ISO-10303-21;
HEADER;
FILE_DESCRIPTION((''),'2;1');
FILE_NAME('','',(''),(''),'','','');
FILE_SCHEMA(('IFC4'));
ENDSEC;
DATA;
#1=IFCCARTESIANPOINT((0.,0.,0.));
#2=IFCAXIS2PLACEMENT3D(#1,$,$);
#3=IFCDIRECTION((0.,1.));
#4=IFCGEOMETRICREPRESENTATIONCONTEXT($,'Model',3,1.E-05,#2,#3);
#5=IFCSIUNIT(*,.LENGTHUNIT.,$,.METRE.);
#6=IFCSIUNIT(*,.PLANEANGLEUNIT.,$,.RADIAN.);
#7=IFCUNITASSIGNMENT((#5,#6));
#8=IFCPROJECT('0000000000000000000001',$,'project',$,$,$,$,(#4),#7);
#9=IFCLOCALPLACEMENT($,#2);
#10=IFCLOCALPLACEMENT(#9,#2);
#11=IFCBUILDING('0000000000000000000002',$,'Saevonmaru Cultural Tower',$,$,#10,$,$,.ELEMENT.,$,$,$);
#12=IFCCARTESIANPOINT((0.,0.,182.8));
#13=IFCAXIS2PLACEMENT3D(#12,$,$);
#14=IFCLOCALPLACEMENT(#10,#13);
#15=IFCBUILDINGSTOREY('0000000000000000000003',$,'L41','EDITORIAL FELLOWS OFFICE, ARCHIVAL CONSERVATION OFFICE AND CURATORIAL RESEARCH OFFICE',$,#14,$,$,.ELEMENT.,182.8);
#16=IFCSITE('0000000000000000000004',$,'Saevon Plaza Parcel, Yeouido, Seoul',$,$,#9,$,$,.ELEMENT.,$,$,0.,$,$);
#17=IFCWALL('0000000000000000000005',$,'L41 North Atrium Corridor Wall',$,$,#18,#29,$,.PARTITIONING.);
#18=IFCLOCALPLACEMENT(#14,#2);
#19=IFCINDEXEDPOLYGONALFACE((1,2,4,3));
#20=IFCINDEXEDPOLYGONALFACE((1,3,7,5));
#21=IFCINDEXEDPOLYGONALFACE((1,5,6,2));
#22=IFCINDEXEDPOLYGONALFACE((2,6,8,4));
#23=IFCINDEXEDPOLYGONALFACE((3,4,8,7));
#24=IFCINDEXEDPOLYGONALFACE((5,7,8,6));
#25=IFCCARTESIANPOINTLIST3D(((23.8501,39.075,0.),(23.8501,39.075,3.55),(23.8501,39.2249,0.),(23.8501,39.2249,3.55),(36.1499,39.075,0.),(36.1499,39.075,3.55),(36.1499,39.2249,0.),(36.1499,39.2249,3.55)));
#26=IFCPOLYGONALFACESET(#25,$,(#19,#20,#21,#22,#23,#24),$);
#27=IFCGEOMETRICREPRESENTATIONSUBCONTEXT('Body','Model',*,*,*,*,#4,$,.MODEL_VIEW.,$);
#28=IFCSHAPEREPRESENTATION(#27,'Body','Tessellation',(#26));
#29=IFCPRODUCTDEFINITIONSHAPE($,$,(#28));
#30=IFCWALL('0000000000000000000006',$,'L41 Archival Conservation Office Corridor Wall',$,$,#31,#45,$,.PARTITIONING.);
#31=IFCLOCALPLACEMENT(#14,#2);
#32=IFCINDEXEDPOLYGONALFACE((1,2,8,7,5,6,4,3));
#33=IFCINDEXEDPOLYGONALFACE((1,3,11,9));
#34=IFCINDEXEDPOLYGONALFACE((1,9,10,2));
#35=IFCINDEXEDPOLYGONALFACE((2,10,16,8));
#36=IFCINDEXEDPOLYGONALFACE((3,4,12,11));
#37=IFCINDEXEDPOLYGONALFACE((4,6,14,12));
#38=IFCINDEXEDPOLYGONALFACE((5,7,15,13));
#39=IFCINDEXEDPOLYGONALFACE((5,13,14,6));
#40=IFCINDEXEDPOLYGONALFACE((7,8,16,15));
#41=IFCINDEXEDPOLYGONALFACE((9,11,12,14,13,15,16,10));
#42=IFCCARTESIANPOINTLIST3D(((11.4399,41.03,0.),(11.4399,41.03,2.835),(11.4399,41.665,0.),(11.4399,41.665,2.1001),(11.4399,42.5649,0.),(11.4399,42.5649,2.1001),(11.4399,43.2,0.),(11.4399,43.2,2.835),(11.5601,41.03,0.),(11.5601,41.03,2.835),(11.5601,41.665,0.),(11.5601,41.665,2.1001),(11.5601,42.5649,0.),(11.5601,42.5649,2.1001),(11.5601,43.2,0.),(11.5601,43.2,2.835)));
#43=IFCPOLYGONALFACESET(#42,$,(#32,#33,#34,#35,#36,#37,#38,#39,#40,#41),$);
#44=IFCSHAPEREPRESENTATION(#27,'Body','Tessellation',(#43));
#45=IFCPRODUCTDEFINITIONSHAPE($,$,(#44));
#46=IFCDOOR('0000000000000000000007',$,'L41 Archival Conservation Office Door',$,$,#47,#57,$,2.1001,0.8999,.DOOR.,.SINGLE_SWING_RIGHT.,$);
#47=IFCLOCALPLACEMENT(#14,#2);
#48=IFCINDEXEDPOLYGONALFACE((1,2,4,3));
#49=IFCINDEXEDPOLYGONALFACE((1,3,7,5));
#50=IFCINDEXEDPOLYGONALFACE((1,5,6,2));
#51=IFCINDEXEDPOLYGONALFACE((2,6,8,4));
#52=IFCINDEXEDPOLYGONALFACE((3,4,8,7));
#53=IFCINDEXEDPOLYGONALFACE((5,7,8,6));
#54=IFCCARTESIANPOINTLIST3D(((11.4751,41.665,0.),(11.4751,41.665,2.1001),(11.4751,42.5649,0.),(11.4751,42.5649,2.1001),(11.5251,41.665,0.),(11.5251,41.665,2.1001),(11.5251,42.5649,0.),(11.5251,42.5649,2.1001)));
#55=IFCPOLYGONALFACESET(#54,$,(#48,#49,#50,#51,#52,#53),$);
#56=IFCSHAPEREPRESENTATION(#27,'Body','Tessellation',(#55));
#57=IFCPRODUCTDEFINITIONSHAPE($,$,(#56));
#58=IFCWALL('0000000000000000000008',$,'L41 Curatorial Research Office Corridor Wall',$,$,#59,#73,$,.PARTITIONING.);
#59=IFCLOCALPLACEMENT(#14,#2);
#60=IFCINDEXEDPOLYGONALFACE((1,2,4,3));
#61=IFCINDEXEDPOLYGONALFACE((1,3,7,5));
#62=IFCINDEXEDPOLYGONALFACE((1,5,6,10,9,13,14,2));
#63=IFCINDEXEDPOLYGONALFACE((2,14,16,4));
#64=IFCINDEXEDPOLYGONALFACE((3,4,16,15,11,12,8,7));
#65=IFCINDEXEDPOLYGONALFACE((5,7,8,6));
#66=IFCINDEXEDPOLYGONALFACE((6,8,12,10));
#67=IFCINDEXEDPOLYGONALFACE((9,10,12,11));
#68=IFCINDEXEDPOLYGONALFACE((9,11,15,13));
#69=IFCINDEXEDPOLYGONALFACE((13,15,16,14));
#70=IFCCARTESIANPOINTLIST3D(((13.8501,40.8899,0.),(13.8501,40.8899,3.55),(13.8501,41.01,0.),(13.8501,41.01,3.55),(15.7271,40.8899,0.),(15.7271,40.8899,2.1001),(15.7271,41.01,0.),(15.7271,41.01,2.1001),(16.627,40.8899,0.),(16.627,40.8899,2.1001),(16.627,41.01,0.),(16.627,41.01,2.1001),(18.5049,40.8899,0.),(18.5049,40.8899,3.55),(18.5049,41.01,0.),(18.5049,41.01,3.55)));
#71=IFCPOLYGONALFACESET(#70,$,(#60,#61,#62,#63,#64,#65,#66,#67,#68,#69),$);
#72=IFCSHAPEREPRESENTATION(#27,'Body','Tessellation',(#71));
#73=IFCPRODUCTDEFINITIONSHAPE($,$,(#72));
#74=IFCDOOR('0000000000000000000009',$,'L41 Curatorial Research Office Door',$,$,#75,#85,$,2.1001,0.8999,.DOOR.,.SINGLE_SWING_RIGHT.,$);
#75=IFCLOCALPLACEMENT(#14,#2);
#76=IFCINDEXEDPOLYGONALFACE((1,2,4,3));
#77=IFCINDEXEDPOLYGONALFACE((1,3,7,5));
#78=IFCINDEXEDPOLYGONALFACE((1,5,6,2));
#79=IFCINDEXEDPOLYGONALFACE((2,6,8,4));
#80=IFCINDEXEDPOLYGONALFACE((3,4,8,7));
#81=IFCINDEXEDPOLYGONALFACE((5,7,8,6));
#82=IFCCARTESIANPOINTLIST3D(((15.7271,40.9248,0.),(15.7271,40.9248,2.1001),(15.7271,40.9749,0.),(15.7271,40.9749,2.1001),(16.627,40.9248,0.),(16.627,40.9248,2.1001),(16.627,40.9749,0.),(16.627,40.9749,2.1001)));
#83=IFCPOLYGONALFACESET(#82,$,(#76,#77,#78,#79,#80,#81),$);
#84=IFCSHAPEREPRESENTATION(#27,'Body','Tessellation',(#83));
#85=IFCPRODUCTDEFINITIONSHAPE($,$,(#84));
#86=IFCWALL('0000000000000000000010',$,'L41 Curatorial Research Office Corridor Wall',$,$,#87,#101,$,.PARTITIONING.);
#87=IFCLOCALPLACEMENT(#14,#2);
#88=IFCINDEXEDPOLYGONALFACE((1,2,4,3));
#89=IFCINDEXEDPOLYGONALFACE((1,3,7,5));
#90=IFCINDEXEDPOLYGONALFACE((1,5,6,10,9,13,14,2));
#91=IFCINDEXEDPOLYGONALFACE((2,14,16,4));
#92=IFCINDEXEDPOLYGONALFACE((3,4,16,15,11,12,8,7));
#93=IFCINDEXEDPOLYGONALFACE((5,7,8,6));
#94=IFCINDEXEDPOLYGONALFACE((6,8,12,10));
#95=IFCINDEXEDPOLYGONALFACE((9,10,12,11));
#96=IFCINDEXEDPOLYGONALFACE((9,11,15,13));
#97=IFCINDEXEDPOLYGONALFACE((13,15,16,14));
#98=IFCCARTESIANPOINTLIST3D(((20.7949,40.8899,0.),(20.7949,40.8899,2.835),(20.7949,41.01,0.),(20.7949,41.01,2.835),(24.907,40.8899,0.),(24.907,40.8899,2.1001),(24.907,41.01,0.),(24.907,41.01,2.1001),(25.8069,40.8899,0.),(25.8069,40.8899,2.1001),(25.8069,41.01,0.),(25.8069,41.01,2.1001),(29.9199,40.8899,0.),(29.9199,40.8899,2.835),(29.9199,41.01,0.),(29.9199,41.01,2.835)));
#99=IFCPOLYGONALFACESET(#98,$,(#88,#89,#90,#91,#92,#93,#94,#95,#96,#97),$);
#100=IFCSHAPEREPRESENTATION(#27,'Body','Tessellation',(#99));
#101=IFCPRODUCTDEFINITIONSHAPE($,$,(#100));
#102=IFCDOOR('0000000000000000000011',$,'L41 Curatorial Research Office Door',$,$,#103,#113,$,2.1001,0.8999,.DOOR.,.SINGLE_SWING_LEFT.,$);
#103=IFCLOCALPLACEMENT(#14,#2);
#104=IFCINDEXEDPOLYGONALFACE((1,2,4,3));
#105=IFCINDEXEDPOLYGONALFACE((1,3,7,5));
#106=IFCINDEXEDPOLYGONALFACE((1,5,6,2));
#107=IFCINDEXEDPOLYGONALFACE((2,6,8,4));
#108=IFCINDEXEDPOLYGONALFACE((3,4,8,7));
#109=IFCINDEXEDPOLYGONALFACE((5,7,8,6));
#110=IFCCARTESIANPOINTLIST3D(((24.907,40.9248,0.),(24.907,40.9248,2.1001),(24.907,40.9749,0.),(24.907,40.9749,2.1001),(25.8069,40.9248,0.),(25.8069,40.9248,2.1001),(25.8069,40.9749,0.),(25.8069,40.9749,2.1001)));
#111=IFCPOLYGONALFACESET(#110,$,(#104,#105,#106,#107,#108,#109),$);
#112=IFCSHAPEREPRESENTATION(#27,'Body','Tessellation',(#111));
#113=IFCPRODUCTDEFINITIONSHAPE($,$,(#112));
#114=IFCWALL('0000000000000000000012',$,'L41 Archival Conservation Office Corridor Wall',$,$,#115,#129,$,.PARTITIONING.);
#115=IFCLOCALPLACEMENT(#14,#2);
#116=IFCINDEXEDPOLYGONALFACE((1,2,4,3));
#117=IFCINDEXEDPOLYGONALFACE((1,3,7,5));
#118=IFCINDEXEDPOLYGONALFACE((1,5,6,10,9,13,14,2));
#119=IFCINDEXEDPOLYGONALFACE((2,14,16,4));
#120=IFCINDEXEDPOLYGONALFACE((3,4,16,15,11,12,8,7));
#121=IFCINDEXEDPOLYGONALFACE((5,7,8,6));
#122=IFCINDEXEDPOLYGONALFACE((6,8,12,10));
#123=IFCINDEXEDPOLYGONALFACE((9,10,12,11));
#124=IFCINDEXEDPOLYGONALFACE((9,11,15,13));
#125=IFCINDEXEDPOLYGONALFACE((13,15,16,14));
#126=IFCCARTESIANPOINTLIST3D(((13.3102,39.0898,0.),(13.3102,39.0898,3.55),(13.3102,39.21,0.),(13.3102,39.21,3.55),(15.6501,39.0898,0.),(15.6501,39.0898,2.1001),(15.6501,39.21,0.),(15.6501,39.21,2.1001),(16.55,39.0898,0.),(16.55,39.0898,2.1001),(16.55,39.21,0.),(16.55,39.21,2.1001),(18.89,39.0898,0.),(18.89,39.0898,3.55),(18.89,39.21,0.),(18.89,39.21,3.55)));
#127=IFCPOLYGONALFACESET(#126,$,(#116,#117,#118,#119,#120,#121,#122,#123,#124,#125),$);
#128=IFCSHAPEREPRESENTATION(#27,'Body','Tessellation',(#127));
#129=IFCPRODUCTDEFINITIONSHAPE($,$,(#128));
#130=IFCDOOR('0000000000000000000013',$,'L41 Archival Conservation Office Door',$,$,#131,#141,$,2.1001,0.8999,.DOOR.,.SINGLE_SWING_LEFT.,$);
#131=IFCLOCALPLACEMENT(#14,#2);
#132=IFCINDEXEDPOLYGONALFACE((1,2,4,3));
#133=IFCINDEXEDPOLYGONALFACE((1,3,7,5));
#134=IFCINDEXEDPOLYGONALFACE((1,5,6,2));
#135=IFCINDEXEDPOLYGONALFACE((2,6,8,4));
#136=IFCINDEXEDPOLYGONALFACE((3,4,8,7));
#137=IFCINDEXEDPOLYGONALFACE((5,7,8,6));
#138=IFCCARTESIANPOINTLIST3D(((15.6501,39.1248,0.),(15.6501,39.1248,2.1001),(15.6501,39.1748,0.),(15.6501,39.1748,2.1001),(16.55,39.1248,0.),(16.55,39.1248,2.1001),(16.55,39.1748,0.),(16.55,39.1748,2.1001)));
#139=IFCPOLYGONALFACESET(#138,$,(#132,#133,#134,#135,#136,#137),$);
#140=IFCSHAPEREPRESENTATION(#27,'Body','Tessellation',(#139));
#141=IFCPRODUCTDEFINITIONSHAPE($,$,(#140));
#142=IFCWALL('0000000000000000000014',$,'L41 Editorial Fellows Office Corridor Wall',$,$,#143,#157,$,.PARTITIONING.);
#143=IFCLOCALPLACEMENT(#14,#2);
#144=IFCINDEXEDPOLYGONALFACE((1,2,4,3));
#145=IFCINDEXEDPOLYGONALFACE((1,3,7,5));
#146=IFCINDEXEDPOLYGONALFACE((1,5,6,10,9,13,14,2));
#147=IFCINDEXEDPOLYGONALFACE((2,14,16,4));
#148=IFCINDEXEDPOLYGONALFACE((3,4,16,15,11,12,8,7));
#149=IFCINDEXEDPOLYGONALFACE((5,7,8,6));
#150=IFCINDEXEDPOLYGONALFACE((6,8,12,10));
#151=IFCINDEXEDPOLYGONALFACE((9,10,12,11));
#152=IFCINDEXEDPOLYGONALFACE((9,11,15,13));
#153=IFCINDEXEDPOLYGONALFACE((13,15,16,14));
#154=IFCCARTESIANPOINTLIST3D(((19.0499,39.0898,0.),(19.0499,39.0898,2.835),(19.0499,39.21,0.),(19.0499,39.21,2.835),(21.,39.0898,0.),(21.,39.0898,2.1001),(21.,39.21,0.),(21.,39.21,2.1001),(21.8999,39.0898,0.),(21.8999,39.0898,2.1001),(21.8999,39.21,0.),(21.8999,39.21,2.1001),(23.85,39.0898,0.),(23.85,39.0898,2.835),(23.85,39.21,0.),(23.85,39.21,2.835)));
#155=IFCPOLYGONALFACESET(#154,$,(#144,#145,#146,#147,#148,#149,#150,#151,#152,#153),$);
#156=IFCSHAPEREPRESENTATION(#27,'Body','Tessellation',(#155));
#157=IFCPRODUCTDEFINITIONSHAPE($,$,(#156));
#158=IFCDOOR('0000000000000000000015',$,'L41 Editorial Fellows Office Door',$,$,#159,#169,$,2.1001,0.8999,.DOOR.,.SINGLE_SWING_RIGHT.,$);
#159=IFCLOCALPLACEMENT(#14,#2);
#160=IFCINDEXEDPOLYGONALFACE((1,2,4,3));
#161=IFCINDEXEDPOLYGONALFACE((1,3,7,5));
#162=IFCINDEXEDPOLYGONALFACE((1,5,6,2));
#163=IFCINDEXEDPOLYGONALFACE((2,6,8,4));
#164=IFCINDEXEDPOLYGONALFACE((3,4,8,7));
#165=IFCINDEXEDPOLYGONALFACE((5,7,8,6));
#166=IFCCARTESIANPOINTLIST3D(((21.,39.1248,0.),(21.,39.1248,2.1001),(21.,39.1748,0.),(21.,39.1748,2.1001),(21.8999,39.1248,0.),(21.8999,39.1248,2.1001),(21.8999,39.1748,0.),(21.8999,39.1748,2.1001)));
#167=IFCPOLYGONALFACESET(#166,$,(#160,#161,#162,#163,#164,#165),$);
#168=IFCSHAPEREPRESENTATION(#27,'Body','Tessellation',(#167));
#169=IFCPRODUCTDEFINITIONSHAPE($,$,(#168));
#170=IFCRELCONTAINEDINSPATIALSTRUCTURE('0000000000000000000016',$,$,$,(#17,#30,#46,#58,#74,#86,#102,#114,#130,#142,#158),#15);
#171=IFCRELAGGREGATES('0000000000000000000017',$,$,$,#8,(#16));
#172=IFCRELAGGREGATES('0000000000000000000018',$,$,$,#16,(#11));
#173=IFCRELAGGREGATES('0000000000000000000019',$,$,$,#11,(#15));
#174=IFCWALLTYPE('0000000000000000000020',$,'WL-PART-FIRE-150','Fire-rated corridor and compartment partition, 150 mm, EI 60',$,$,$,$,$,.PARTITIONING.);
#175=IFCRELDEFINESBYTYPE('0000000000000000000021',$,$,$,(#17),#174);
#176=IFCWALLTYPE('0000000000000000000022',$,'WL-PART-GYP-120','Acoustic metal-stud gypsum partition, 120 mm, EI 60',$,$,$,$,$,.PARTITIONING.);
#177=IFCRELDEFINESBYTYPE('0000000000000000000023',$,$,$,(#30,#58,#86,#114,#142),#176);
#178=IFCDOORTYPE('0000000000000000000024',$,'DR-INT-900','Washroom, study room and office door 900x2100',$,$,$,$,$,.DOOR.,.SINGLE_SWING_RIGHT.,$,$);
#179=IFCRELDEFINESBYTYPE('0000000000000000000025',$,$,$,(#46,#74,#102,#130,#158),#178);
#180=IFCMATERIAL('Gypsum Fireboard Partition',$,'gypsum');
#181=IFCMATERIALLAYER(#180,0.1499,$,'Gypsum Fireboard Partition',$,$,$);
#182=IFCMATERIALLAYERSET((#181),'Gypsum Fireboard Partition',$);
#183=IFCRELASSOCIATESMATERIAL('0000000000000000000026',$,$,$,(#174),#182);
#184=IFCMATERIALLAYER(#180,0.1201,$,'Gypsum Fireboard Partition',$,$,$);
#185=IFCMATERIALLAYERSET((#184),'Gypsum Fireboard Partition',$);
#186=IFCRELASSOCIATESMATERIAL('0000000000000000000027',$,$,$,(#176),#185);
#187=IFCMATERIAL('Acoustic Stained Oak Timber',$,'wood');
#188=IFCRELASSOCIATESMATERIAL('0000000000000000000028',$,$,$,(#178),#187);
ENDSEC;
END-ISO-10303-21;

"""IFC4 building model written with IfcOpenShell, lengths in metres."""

from ifc_helpers import new_model, si_unit, direction, frame, frame_2d, origin, place, context, subcontext, project, spatial, rectangle, extrude, material, layer, layer_set, type_object, element, fill, save


model = new_model("IFC4")

# Units and contexts
model_context = context("Model", 3, precision=1e-05, world=origin(), true_north=direction((0.0, 1.0)))
body_context = subcontext(model_context, "Body", "Model", "MODEL_VIEW")
ifc_project = project(units=[si_unit("LENGTHUNIT", "METRE"), si_unit("PLANEANGLEUNIT", "RADIAN")], contexts=[model_context])

# Site, building, storey
site_placement = place(None, origin())
site = spatial("IfcSite", under=ifc_project, at=site_placement, Name="Saevon Plaza Parcel, Yeouido, Seoul", CompositionType="ELEMENT", RefElevation=0.0)
building_placement = place(site_placement, origin())
building = spatial("IfcBuilding", under=site, at=building_placement, Name="Saevonmaru Cultural Tower", CompositionType="ELEMENT")
storey_placement = place(building_placement, frame((0.0, 0.0, 182.8)))
storey = spatial("IfcBuildingStorey", under=building, at=storey_placement, Name="L41", Description="EDITORIAL FELLOWS OFFICE, ARCHIVAL CONSERVATION OFFICE AND CURATORIAL RESEARCH OFFICE", CompositionType="ELEMENT", Elevation=182.8)

# Wall
ifc_material_1 = material(Name="Gypsum Fireboard Partition", Category="gypsum")
ifc_layer_1 = layer(ifc_material_1, 0.1499, Name="Gypsum Fireboard Partition")
ifc_layer_set_1 = layer_set([ifc_layer_1], Name="Gypsum Fireboard Partition")
wall_type_1 = type_object("IfcWallType", Name="WL-PART-FIRE-150", Description="Fire-rated corridor and compartment partition, 150 mm, EI 60", PredefinedType="PARTITIONING", material=ifc_layer_set_1)
wall_1_placement = place(storey_placement, frame((23.8501, 39.1499, 0.0), z_axis=(0.0, 0.0, 1.0), x_axis=(1.0, 0.0, 0.0)))
element("IfcWall", 1, at=wall_1_placement, inside=storey, type_object=wall_type_1, Name="L41 North Atrium Corridor Wall", PredefinedType="PARTITIONING", context=body_context, shape_type="SweptSolid", body=[
    extrude(rectangle(XDim=12.2998, YDim=0.1499, at=frame_2d((6.1499, 0.0))), origin(), (0.0, 0.0, 1.0), 3.55),
])

# Walls, openings, doors
ifc_layer_2 = layer(ifc_material_1, 0.1201, Name="Gypsum Fireboard Partition")
ifc_layer_set_2 = layer_set([ifc_layer_2], Name="Gypsum Fireboard Partition")
wall_type_2 = type_object("IfcWallType", Name="WL-PART-GYP-120", Description="Acoustic metal-stud gypsum partition, 120 mm, EI 60", PredefinedType="PARTITIONING", material=ifc_layer_set_2)
wall_2_placement = place(storey_placement, frame((11.5, 41.03, 0.0), z_axis=(0.0, 0.0, 1.0), x_axis=(0.0, 1.0, 0.0)))
wall_2 = element("IfcWall", 2, at=wall_2_placement, inside=storey, type_object=wall_type_2, Name="L41 Archival Conservation Office Corridor Wall", PredefinedType="PARTITIONING", context=body_context, shape_type="SweptSolid", body=[
    extrude(rectangle(XDim=2.1699, YDim=0.1201, at=frame_2d((1.085, 0.0))), origin(), (0.0, 0.0, 1.0), 2.835),
])
opening_1_placement = place(wall_2_placement, frame((0.635, 0.0, 0.0)))
opening_1 = element("IfcOpeningElement", 3, at=opening_1_placement, cuts=wall_2, PredefinedType="OPENING", context=body_context, shape_type="SweptSolid", body=[
    extrude(rectangle(XDim=0.8999, YDim=2.1001, at=frame_2d((0.45, 1.05))), frame((0.0, 0.0701, 0.0), z_axis=(0.0, -1.0, 0.0), x_axis=(1.0, 0.0, 0.0)), (0.0, 0.0, 1.0), 0.1401),
])
ifc_material_2 = material(Name="Acoustic Stained Oak Timber", Category="wood")
door_type = type_object("IfcDoorType", Name="DR-INT-900", Description="Washroom, study room and office door 900x2100", OperationType="SINGLE_SWING_RIGHT", PredefinedType="DOOR", material=ifc_material_2)
door_1_placement = place(opening_1_placement, origin())
door_1 = element("IfcDoor", 4, at=door_1_placement, inside=storey, type_object=door_type, Name="L41 Archival Conservation Office Door", OperationType="SINGLE_SWING_RIGHT", OverallHeight=2.1001, OverallWidth=0.8999, PredefinedType="DOOR", context=body_context, shape_type="SweptSolid", body=[
    extrude(rectangle(XDim=0.8999, YDim=2.1001, at=frame_2d((0.45, 1.05))), frame((0.0, 0.0249, 0.0), z_axis=(0.0, -1.0, 0.0), x_axis=(1.0, 0.0, 0.0)), (0.0, 0.0, 1.0), 0.05),
])
fill(opening_1, door_1)
wall_3_placement = place(storey_placement, frame((13.8501, 40.95, 0.0), z_axis=(0.0, 0.0, 1.0), x_axis=(1.0, 0.0, 0.0)))
wall_3 = element("IfcWall", 5, at=wall_3_placement, inside=storey, type_object=wall_type_2, Name="L41 Curatorial Research Office Corridor Wall", PredefinedType="PARTITIONING", context=body_context, shape_type="SweptSolid", body=[
    extrude(rectangle(XDim=4.6548, YDim=0.1201, at=frame_2d((2.3274, 0.0))), origin(), (0.0, 0.0, 1.0), 3.55),
])
opening_2_placement = place(wall_3_placement, frame((1.877, 0.0, 0.0)))
opening_2 = element("IfcOpeningElement", 6, at=opening_2_placement, cuts=wall_3, PredefinedType="OPENING", context=body_context, shape_type="SweptSolid", body=[
    extrude(rectangle(XDim=0.8999, YDim=2.1001, at=frame_2d((0.45, 1.05))), frame((0.0, 0.0701, 0.0), z_axis=(0.0, -1.0, 0.0), x_axis=(1.0, 0.0, 0.0)), (0.0, 0.0, 1.0), 0.1401),
])
door_2_placement = place(opening_2_placement, origin())
door_2 = element("IfcDoor", 7, at=door_2_placement, inside=storey, type_object=door_type, Name="L41 Curatorial Research Office Door", OperationType="SINGLE_SWING_RIGHT", OverallHeight=2.1001, OverallWidth=0.8999, PredefinedType="DOOR", context=body_context, shape_type="SweptSolid", body=[
    extrude(rectangle(XDim=0.8999, YDim=2.1001, at=frame_2d((0.45, 1.05))), frame((0.0, 0.0249, 0.0), z_axis=(0.0, -1.0, 0.0), x_axis=(1.0, 0.0, 0.0)), (0.0, 0.0, 1.0), 0.05),
])
fill(opening_2, door_2)
wall_4_placement = place(storey_placement, frame((20.7949, 40.95, 0.0), z_axis=(0.0, 0.0, 1.0), x_axis=(1.0, 0.0, 0.0)))
wall_4 = element("IfcWall", 8, at=wall_4_placement, inside=storey, type_object=wall_type_2, Name="L41 Curatorial Research Office Corridor Wall", PredefinedType="PARTITIONING", context=body_context, shape_type="SweptSolid", body=[
    extrude(rectangle(XDim=9.125, YDim=0.1201, at=frame_2d((4.5625, 0.0))), origin(), (0.0, 0.0, 1.0), 2.835),
])
opening_3_placement = place(wall_4_placement, frame((4.1121, 0.0, 0.0)))
opening_3 = element("IfcOpeningElement", 9, at=opening_3_placement, cuts=wall_4, PredefinedType="OPENING", context=body_context, shape_type="SweptSolid", body=[
    extrude(rectangle(XDim=0.8999, YDim=2.1001, at=frame_2d((0.45, 1.05))), frame((0.0, 0.0701, 0.0), z_axis=(0.0, -1.0, 0.0), x_axis=(1.0, 0.0, 0.0)), (0.0, 0.0, 1.0), 0.1401),
])
door_3_placement = place(opening_3_placement, origin())
door_3 = element("IfcDoor", 10, at=door_3_placement, inside=storey, type_object=door_type, Name="L41 Curatorial Research Office Door", OperationType="SINGLE_SWING_LEFT", OverallHeight=2.1001, OverallWidth=0.8999, PredefinedType="DOOR", context=body_context, shape_type="SweptSolid", body=[
    extrude(rectangle(XDim=0.8999, YDim=2.1001, at=frame_2d((0.45, 1.05))), frame((0.0, 0.0249, 0.0), z_axis=(0.0, -1.0, 0.0), x_axis=(1.0, 0.0, 0.0)), (0.0, 0.0, 1.0), 0.05),
])
fill(opening_3, door_3)
wall_5_placement = place(storey_placement, frame((13.3101, 39.1499, 0.0), z_axis=(0.0, 0.0, 1.0), x_axis=(1.0, 0.0, 0.0)))
wall_5 = element("IfcWall", 11, at=wall_5_placement, inside=storey, type_object=wall_type_2, Name="L41 Archival Conservation Office Corridor Wall", PredefinedType="PARTITIONING", context=body_context, shape_type="SweptSolid", body=[
    extrude(rectangle(XDim=5.5798, YDim=0.1201, at=frame_2d((2.79, 0.0))), origin(), (0.0, 0.0, 1.0), 3.55),
])
opening_4_placement = place(wall_5_placement, frame((2.3401, 0.0, 0.0)))
opening_4 = element("IfcOpeningElement", 12, at=opening_4_placement, cuts=wall_5, PredefinedType="OPENING", context=body_context, shape_type="SweptSolid", body=[
    extrude(rectangle(XDim=0.8999, YDim=2.1001, at=frame_2d((0.45, 1.05))), frame((0.0, 0.0701, 0.0), z_axis=(0.0, -1.0, 0.0), x_axis=(1.0, 0.0, 0.0)), (0.0, 0.0, 1.0), 0.1401),
])
door_4_placement = place(opening_4_placement, origin())
door_4 = element("IfcDoor", 13, at=door_4_placement, inside=storey, type_object=door_type, Name="L41 Archival Conservation Office Door", OperationType="SINGLE_SWING_LEFT", OverallHeight=2.1001, OverallWidth=0.8999, PredefinedType="DOOR", context=body_context, shape_type="SweptSolid", body=[
    extrude(rectangle(XDim=0.8999, YDim=2.1001, at=frame_2d((0.45, 1.05))), frame((0.0, 0.0249, 0.0), z_axis=(0.0, -1.0, 0.0), x_axis=(1.0, 0.0, 0.0)), (0.0, 0.0, 1.0), 0.05),
])
fill(opening_4, door_4)
wall_6_placement = place(storey_placement, frame((19.05, 39.1499, 0.0), z_axis=(0.0, 0.0, 1.0), x_axis=(1.0, 0.0, 0.0)))
wall_6 = element("IfcWall", 14, at=wall_6_placement, inside=storey, type_object=wall_type_2, Name="L41 Editorial Fellows Office Corridor Wall", PredefinedType="PARTITIONING", context=body_context, shape_type="SweptSolid", body=[
    extrude(rectangle(XDim=4.8, YDim=0.1201, at=frame_2d((2.3999, 0.0))), origin(), (0.0, 0.0, 1.0), 2.835),
])
opening_5_placement = place(wall_6_placement, frame((1.95, 0.0, 0.0)))
opening_5 = element("IfcOpeningElement", 15, at=opening_5_placement, cuts=wall_6, PredefinedType="OPENING", context=body_context, shape_type="SweptSolid", body=[
    extrude(rectangle(XDim=0.8999, YDim=2.1001, at=frame_2d((0.45, 1.05))), frame((0.0, 0.0701, 0.0), z_axis=(0.0, -1.0, 0.0), x_axis=(1.0, 0.0, 0.0)), (0.0, 0.0, 1.0), 0.1401),
])
door_5_placement = place(opening_5_placement, origin())
door_5 = element("IfcDoor", 16, at=door_5_placement, inside=storey, type_object=door_type, Name="L41 Editorial Fellows Office Door", OperationType="SINGLE_SWING_RIGHT", OverallHeight=2.1001, OverallWidth=0.8999, PredefinedType="DOOR", context=body_context, shape_type="SweptSolid", body=[
    extrude(rectangle(XDim=0.8999, YDim=2.1001, at=frame_2d((0.45, 1.05))), frame((0.0, 0.0249, 0.0), z_axis=(0.0, -1.0, 0.0), x_axis=(1.0, 0.0, 0.0)), (0.0, 0.0, 1.0), 0.05),
])
fill(opening_5, door_5)

save(model, "model.ifc")
